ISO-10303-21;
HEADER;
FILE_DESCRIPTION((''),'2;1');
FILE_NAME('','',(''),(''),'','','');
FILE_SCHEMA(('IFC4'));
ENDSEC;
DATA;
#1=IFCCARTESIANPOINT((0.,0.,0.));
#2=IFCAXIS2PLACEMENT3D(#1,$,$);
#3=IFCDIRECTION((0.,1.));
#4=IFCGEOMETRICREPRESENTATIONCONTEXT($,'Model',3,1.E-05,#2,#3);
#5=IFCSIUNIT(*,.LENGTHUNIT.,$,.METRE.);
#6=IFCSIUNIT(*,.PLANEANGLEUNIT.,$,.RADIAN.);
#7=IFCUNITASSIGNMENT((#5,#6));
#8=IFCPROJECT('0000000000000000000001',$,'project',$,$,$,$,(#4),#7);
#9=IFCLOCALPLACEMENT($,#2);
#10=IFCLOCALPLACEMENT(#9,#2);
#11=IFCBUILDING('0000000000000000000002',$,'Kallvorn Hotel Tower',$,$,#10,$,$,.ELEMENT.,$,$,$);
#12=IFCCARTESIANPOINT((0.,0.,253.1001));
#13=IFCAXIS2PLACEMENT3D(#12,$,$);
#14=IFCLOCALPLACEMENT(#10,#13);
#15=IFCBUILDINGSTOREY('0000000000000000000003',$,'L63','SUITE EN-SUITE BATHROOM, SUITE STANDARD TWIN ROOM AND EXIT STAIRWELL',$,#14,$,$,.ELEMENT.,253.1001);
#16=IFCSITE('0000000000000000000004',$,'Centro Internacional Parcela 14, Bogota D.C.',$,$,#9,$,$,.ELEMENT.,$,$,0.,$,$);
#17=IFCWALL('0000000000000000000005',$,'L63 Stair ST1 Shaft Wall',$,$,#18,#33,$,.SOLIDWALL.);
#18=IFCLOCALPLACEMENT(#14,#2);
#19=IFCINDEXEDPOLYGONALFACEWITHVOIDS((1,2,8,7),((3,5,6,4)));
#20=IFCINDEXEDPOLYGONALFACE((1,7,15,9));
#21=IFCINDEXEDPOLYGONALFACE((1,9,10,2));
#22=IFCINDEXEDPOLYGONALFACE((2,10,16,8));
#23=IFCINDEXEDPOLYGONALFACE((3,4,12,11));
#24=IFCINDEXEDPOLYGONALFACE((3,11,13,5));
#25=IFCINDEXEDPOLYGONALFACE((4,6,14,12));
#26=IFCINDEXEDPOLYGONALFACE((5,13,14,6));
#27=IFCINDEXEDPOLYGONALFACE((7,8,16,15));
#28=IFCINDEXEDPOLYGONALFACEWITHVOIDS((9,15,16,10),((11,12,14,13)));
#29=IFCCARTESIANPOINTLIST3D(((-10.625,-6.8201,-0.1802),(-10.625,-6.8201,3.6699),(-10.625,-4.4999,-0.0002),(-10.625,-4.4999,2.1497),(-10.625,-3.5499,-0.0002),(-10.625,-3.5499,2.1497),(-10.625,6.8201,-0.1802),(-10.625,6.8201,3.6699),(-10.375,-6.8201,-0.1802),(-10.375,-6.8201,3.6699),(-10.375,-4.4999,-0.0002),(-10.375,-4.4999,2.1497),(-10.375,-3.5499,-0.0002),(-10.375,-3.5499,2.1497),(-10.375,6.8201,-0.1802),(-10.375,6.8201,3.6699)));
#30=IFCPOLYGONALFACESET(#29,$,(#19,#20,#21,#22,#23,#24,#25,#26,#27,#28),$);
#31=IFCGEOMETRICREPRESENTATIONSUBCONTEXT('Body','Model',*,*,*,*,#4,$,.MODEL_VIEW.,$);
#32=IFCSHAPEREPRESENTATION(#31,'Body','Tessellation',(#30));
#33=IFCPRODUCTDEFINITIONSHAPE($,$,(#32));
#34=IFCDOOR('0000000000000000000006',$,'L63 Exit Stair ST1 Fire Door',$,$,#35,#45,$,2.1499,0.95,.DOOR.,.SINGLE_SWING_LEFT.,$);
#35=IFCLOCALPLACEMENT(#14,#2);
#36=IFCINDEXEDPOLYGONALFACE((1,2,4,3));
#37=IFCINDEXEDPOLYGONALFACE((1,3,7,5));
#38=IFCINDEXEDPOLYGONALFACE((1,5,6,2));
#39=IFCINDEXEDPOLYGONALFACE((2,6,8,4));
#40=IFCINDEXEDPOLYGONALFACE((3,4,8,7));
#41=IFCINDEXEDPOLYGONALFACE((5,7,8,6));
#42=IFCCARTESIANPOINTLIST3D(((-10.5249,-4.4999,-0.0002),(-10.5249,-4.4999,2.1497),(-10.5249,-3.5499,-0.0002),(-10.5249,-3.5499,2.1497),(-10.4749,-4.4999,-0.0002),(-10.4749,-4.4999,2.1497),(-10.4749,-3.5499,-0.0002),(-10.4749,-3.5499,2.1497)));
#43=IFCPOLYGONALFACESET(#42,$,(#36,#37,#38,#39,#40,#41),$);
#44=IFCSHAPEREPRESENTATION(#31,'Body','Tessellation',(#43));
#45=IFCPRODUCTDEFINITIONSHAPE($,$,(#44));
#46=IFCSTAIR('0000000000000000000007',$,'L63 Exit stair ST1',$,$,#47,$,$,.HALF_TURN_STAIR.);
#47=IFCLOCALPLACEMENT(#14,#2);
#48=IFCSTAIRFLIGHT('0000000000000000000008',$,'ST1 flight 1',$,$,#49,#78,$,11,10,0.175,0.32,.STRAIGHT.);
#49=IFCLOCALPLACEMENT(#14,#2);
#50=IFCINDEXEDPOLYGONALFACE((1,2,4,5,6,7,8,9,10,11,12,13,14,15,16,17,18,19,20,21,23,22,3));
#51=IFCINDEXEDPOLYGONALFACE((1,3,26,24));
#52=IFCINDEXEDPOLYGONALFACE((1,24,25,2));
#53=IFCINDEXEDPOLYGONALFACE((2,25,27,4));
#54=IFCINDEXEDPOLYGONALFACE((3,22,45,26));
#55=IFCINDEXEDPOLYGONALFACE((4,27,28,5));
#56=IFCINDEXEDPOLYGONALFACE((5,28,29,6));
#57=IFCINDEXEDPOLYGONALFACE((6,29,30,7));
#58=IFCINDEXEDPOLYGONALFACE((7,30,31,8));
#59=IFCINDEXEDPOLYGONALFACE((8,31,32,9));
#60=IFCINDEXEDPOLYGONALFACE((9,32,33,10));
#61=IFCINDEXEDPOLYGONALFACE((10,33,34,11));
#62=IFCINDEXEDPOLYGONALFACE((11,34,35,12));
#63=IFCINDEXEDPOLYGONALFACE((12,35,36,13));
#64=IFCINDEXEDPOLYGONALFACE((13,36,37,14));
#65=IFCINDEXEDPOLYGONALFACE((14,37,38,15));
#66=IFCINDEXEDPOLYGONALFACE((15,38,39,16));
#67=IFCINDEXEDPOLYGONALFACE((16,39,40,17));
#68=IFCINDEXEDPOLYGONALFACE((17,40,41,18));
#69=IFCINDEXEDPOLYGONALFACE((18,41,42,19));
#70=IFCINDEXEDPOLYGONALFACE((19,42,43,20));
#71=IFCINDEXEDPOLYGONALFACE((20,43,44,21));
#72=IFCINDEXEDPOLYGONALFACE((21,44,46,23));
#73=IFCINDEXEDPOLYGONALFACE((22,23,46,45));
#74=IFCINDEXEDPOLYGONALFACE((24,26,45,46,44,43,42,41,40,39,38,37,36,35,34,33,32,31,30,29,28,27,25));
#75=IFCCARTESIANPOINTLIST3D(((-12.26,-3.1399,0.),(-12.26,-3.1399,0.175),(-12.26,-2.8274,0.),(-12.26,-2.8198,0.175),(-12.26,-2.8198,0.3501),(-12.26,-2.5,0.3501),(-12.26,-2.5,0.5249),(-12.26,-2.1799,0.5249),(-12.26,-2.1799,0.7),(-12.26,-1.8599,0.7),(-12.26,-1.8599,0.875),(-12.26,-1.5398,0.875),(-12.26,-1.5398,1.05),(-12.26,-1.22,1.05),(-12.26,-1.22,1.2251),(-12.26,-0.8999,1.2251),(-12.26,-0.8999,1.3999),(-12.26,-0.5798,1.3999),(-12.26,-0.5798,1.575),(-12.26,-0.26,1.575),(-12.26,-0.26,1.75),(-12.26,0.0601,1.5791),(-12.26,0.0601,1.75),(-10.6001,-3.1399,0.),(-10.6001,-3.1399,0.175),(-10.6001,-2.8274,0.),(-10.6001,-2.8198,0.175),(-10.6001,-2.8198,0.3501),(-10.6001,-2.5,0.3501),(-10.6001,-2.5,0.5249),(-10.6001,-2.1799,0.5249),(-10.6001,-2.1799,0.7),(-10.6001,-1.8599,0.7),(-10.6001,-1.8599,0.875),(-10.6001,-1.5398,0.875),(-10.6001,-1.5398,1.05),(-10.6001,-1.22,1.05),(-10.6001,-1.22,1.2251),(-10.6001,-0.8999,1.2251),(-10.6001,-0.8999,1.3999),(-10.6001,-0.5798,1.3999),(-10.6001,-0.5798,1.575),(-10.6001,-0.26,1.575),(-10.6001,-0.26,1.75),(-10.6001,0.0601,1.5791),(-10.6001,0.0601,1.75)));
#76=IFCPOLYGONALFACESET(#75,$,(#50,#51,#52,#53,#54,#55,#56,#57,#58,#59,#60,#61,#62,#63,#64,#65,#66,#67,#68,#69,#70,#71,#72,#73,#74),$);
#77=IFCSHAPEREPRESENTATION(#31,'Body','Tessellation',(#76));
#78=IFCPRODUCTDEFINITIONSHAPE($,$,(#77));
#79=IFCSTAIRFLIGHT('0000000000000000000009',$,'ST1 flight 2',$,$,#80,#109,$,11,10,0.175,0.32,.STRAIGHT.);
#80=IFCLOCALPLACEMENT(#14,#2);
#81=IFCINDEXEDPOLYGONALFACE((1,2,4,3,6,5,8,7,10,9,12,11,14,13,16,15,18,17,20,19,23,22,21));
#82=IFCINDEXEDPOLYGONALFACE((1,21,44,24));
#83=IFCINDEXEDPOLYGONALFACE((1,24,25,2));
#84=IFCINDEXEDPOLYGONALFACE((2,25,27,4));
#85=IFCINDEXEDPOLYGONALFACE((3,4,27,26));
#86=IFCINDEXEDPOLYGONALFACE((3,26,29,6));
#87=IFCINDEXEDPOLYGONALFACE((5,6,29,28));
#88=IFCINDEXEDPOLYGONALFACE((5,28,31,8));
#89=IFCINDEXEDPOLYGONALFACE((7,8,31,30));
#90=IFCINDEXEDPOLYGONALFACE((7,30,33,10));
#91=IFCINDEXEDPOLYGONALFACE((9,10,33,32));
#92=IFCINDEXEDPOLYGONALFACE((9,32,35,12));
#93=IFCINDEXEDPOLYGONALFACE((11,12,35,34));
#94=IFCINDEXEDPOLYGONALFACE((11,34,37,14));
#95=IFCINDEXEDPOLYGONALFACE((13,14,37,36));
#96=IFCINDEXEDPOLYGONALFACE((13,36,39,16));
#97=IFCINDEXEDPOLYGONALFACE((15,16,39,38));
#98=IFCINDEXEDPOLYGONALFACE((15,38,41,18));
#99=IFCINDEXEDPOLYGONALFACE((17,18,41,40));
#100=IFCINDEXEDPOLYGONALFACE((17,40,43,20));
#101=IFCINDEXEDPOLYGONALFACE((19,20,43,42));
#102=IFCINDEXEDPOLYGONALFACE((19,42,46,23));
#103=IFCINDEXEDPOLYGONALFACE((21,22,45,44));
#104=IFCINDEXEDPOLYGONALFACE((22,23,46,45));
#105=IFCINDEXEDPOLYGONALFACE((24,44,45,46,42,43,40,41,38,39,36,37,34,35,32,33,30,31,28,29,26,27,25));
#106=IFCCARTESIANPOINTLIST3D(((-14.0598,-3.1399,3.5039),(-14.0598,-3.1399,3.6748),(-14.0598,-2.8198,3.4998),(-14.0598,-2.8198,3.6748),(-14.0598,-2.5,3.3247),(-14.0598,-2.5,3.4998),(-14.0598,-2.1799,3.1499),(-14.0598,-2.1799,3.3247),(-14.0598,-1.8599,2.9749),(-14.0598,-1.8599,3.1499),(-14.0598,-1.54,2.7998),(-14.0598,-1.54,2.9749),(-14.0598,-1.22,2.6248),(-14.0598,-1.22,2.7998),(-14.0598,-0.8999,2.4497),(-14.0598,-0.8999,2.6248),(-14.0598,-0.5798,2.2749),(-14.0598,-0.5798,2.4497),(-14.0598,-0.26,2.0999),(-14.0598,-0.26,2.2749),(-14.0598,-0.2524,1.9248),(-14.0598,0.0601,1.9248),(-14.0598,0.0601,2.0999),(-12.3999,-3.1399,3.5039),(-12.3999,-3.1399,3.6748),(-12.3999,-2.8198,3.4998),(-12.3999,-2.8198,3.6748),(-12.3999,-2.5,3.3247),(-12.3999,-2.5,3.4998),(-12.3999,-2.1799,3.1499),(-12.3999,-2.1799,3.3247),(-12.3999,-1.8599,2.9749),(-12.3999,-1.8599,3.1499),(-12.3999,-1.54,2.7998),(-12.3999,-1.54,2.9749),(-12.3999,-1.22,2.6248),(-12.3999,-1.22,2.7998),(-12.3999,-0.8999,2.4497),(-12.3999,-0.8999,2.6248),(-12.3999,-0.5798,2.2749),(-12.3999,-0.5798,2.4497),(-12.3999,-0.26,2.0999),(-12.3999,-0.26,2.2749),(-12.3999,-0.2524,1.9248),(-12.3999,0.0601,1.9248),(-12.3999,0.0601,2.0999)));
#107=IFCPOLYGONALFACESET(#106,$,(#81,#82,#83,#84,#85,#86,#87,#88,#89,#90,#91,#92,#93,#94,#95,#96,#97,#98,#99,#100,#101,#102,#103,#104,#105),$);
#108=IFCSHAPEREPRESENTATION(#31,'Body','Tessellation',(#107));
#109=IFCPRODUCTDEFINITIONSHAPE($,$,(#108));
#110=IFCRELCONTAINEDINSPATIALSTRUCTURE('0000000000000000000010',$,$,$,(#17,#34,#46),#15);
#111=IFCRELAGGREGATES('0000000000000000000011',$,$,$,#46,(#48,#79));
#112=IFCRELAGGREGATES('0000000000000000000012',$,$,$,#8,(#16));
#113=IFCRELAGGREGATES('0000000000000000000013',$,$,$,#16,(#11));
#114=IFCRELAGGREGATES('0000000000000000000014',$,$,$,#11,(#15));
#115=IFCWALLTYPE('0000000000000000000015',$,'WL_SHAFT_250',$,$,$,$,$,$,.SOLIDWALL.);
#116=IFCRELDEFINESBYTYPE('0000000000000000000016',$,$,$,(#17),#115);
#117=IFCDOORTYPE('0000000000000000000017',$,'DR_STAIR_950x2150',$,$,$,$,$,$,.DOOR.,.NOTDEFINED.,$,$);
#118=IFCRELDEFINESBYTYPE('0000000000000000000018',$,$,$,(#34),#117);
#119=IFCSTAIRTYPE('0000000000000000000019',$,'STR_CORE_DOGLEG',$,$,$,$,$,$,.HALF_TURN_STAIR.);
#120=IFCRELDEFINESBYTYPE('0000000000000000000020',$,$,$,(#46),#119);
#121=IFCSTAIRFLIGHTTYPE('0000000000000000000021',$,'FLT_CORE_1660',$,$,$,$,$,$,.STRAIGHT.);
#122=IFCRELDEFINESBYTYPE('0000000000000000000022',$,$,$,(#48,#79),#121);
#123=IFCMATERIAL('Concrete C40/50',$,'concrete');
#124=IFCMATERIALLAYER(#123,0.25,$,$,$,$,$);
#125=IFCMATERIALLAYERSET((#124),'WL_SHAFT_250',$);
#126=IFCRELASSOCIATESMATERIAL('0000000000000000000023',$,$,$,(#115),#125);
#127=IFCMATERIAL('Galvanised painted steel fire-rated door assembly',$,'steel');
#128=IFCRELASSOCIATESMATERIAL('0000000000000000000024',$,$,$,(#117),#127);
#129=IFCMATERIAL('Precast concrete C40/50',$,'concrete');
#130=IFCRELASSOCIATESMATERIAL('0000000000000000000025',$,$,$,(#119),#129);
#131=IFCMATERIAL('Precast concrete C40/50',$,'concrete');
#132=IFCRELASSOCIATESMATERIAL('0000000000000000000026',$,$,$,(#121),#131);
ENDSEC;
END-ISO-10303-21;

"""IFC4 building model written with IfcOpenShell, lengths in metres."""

from ifc_helpers import new_model, si_unit, direction, frame, frame_2d, origin, place, context, subcontext, project, spatial, polyline, rectangle, outline, extrude, material, layer, layer_set, type_object, element, fill, aggregate, save


model = new_model("IFC4")

# Units and contexts
model_context = context("Model", 3, precision=1e-05, world=origin(), true_north=direction((0.0, 1.0)))
body_context = subcontext(model_context, "Body", "Model", "MODEL_VIEW")
ifc_project = project(units=[si_unit("LENGTHUNIT", "METRE"), si_unit("PLANEANGLEUNIT", "RADIAN")], contexts=[model_context])

# Site, building, storey
site_placement = place(None, origin())
site = spatial("IfcSite", under=ifc_project, at=site_placement, Name="Centro Internacional Parcela 14, Bogota D.C.", CompositionType="ELEMENT", RefElevation=0.0)
building_placement = place(site_placement, origin())
building = spatial("IfcBuilding", under=site, at=building_placement, Name="Kallvorn Hotel Tower", CompositionType="ELEMENT")
storey_placement = place(building_placement, frame((0.0, 0.0, 253.1001)))
storey = spatial("IfcBuildingStorey", under=building, at=storey_placement, Name="L63", Description="SUITE EN-SUITE BATHROOM, SUITE STANDARD TWIN ROOM AND EXIT STAIRWELL", CompositionType="ELEMENT", Elevation=253.1001)

# Wall, opening, door
ifc_material_1 = material(Name="Concrete C40/50", Category="concrete")
ifc_layer_1 = layer(ifc_material_1, 0.25)
ifc_layer_set_1 = layer_set([ifc_layer_1], Name="WL_SHAFT_250")
wall_type_1 = type_object("IfcWallType", Name="WL_SHAFT_250", PredefinedType="SOLIDWALL", material=ifc_layer_set_1)
wall_1_placement = place(storey_placement, frame((-10.5, -6.8201, -0.1802), z_axis=(0.0, 0.0, 1.0), x_axis=(0.0, 1.0, 0.0)))
wall_1 = element("IfcWall", 1, at=wall_1_placement, inside=storey, type_object=wall_type_1, Name="L63 Stair ST1 Shaft Wall", PredefinedType="SOLIDWALL", context=body_context, shape_type="SweptSolid", body=[
    extrude(rectangle(XDim=13.6401, YDim=0.25, at=frame_2d((6.8201, 0.0))), origin(), (0.0, 0.0, 1.0), 3.8501),
])
opening_1_placement = place(wall_1_placement, frame((2.3201, 0.0, 0.1799)))
opening_1 = element("IfcOpeningElement", 2, at=opening_1_placement, cuts=wall_1, PredefinedType="OPENING", context=body_context, shape_type="SweptSolid", body=[
    extrude(rectangle(XDim=0.95, YDim=2.1499, at=frame_2d((0.4751, 1.075))), frame((0.0, 0.1399, 0.0), z_axis=(0.0, -1.0, 0.0), x_axis=(1.0, 0.0, 0.0)), (0.0, 0.0, 1.0), 0.28),
])
ifc_material_2 = material(Name="Galvanised painted steel fire-rated door assembly", Category="steel")
door_type_1 = type_object("IfcDoorType", Name="DR_STAIR_950x2150", OperationType="NOTDEFINED", PredefinedType="DOOR", material=ifc_material_2)
door_1_placement = place(opening_1_placement, origin())
door_1 = element("IfcDoor", 3, at=door_1_placement, inside=storey, type_object=door_type_1, Name="L63 Exit Stair ST1 Fire Door", OperationType="SINGLE_SWING_LEFT", OverallHeight=2.1499, OverallWidth=0.95, PredefinedType="DOOR", context=body_context, shape_type="SweptSolid", body=[
    extrude(rectangle(XDim=0.95, YDim=2.1499, at=frame_2d((0.4751, 1.075))), frame((0.0, 0.0249, 0.0), z_axis=(0.0, -1.0, 0.0), x_axis=(1.0, 0.0, 0.0)), (0.0, 0.0, 1.0), 0.05),
])
fill(opening_1, door_1)

# Stair, stair flights
ifc_material_3 = material(Name="Precast concrete C40/50", Category="concrete")
stair_type = type_object("IfcStairType", Name="STR_CORE_DOGLEG", PredefinedType="HALF_TURN_STAIR", material=ifc_material_3)
stair_placement = place(storey_placement, origin())
stair = element("IfcStair", 4, at=stair_placement, inside=storey, type_object=stair_type, Name="L63 Exit stair ST1", PredefinedType="HALF_TURN_STAIR")
ifc_material_4 = material(Name="Precast concrete C40/50", Category="concrete")
stair_flight_type = type_object("IfcStairFlightType", Name="FLT_CORE_1660", PredefinedType="STRAIGHT", material=ifc_material_4)
stair_flight_1_placement = place(storey_placement, frame((-11.4299, -3.1399, 0.0), z_axis=(0.0, 0.0, 1.0), x_axis=(0.0, 1.0, 0.0)))
stair_flight_1 = element("IfcStairFlight", 5, at=stair_flight_1_placement, type_object=stair_flight_type, Name="ST1 flight 1", NumberOfRisers=11, NumberOfTreads=10, PredefinedType="STRAIGHT", RiserHeight=0.175, TreadLength=0.32, context=body_context, shape_type="SweptSolid", body=[
    extrude(outline(polyline([(0.0, 0.0), (0.0, 0.175), (0.3201, 0.175), (0.3201, 0.3501), (0.6399, 0.3501), (0.6399, 0.5249), (0.96, 0.5249), (0.96, 0.7), (1.28, 0.7), (1.28, 0.875), (1.6001, 0.875), (1.6001, 1.05), (1.9199, 1.05), (1.9199, 1.2251), (2.24, 1.2251), (2.24, 1.3999), (2.5601, 1.3999), (2.5601, 1.575), (2.8799, 1.575), (2.8799, 1.75), (3.2, 1.75), (3.2, 1.925), (3.2, 1.5791), (0.3125, 0.0), (0.0, 0.0)])), frame((0.0, 0.8301, 0.0), z_axis=(0.0, -1.0, 0.0), x_axis=(1.0, 0.0, 0.0)), (0.0, 0.0, 1.0), 1.6599),
])
stair_flight_2_placement = place(storey_placement, frame((-13.23, 0.0601, 1.9248), z_axis=(0.0, 0.0, 1.0), x_axis=(0.0, -1.0, 0.0)))
stair_flight_2 = element("IfcStairFlight", 6, at=stair_flight_2_placement, type_object=stair_flight_type, Name="ST1 flight 2", NumberOfRisers=11, NumberOfTreads=10, PredefinedType="STRAIGHT", RiserHeight=0.175, TreadLength=0.32, context=body_context, shape_type="SweptSolid", body=[
    extrude(outline(polyline([(0.0, 0.0), (0.0, 0.175), (0.3201, 0.175), (0.3201, 0.3501), (0.6399, 0.3501), (0.6399, 0.5249), (0.96, 0.5249), (0.96, 0.7), (1.28, 0.7), (1.28, 0.875), (1.6001, 0.875), (1.6001, 1.05), (1.9199, 1.05), (1.9199, 1.2251), (2.24, 1.2251), (2.24, 1.3999), (2.5601, 1.3999), (2.5601, 1.575), (2.8799, 1.575), (2.8799, 1.75), (3.2, 1.75), (3.2, 1.925), (3.2, 1.5791), (0.3125, 0.0), (0.0, 0.0)])), frame((0.0, 0.8301, 0.0), z_axis=(0.0, -1.0, 0.0), x_axis=(1.0, 0.0, 0.0)), (0.0, 0.0, 1.0), 1.6599),
])
aggregate(stair, [stair_flight_1, stair_flight_2])

save(model, "model.ifc")
